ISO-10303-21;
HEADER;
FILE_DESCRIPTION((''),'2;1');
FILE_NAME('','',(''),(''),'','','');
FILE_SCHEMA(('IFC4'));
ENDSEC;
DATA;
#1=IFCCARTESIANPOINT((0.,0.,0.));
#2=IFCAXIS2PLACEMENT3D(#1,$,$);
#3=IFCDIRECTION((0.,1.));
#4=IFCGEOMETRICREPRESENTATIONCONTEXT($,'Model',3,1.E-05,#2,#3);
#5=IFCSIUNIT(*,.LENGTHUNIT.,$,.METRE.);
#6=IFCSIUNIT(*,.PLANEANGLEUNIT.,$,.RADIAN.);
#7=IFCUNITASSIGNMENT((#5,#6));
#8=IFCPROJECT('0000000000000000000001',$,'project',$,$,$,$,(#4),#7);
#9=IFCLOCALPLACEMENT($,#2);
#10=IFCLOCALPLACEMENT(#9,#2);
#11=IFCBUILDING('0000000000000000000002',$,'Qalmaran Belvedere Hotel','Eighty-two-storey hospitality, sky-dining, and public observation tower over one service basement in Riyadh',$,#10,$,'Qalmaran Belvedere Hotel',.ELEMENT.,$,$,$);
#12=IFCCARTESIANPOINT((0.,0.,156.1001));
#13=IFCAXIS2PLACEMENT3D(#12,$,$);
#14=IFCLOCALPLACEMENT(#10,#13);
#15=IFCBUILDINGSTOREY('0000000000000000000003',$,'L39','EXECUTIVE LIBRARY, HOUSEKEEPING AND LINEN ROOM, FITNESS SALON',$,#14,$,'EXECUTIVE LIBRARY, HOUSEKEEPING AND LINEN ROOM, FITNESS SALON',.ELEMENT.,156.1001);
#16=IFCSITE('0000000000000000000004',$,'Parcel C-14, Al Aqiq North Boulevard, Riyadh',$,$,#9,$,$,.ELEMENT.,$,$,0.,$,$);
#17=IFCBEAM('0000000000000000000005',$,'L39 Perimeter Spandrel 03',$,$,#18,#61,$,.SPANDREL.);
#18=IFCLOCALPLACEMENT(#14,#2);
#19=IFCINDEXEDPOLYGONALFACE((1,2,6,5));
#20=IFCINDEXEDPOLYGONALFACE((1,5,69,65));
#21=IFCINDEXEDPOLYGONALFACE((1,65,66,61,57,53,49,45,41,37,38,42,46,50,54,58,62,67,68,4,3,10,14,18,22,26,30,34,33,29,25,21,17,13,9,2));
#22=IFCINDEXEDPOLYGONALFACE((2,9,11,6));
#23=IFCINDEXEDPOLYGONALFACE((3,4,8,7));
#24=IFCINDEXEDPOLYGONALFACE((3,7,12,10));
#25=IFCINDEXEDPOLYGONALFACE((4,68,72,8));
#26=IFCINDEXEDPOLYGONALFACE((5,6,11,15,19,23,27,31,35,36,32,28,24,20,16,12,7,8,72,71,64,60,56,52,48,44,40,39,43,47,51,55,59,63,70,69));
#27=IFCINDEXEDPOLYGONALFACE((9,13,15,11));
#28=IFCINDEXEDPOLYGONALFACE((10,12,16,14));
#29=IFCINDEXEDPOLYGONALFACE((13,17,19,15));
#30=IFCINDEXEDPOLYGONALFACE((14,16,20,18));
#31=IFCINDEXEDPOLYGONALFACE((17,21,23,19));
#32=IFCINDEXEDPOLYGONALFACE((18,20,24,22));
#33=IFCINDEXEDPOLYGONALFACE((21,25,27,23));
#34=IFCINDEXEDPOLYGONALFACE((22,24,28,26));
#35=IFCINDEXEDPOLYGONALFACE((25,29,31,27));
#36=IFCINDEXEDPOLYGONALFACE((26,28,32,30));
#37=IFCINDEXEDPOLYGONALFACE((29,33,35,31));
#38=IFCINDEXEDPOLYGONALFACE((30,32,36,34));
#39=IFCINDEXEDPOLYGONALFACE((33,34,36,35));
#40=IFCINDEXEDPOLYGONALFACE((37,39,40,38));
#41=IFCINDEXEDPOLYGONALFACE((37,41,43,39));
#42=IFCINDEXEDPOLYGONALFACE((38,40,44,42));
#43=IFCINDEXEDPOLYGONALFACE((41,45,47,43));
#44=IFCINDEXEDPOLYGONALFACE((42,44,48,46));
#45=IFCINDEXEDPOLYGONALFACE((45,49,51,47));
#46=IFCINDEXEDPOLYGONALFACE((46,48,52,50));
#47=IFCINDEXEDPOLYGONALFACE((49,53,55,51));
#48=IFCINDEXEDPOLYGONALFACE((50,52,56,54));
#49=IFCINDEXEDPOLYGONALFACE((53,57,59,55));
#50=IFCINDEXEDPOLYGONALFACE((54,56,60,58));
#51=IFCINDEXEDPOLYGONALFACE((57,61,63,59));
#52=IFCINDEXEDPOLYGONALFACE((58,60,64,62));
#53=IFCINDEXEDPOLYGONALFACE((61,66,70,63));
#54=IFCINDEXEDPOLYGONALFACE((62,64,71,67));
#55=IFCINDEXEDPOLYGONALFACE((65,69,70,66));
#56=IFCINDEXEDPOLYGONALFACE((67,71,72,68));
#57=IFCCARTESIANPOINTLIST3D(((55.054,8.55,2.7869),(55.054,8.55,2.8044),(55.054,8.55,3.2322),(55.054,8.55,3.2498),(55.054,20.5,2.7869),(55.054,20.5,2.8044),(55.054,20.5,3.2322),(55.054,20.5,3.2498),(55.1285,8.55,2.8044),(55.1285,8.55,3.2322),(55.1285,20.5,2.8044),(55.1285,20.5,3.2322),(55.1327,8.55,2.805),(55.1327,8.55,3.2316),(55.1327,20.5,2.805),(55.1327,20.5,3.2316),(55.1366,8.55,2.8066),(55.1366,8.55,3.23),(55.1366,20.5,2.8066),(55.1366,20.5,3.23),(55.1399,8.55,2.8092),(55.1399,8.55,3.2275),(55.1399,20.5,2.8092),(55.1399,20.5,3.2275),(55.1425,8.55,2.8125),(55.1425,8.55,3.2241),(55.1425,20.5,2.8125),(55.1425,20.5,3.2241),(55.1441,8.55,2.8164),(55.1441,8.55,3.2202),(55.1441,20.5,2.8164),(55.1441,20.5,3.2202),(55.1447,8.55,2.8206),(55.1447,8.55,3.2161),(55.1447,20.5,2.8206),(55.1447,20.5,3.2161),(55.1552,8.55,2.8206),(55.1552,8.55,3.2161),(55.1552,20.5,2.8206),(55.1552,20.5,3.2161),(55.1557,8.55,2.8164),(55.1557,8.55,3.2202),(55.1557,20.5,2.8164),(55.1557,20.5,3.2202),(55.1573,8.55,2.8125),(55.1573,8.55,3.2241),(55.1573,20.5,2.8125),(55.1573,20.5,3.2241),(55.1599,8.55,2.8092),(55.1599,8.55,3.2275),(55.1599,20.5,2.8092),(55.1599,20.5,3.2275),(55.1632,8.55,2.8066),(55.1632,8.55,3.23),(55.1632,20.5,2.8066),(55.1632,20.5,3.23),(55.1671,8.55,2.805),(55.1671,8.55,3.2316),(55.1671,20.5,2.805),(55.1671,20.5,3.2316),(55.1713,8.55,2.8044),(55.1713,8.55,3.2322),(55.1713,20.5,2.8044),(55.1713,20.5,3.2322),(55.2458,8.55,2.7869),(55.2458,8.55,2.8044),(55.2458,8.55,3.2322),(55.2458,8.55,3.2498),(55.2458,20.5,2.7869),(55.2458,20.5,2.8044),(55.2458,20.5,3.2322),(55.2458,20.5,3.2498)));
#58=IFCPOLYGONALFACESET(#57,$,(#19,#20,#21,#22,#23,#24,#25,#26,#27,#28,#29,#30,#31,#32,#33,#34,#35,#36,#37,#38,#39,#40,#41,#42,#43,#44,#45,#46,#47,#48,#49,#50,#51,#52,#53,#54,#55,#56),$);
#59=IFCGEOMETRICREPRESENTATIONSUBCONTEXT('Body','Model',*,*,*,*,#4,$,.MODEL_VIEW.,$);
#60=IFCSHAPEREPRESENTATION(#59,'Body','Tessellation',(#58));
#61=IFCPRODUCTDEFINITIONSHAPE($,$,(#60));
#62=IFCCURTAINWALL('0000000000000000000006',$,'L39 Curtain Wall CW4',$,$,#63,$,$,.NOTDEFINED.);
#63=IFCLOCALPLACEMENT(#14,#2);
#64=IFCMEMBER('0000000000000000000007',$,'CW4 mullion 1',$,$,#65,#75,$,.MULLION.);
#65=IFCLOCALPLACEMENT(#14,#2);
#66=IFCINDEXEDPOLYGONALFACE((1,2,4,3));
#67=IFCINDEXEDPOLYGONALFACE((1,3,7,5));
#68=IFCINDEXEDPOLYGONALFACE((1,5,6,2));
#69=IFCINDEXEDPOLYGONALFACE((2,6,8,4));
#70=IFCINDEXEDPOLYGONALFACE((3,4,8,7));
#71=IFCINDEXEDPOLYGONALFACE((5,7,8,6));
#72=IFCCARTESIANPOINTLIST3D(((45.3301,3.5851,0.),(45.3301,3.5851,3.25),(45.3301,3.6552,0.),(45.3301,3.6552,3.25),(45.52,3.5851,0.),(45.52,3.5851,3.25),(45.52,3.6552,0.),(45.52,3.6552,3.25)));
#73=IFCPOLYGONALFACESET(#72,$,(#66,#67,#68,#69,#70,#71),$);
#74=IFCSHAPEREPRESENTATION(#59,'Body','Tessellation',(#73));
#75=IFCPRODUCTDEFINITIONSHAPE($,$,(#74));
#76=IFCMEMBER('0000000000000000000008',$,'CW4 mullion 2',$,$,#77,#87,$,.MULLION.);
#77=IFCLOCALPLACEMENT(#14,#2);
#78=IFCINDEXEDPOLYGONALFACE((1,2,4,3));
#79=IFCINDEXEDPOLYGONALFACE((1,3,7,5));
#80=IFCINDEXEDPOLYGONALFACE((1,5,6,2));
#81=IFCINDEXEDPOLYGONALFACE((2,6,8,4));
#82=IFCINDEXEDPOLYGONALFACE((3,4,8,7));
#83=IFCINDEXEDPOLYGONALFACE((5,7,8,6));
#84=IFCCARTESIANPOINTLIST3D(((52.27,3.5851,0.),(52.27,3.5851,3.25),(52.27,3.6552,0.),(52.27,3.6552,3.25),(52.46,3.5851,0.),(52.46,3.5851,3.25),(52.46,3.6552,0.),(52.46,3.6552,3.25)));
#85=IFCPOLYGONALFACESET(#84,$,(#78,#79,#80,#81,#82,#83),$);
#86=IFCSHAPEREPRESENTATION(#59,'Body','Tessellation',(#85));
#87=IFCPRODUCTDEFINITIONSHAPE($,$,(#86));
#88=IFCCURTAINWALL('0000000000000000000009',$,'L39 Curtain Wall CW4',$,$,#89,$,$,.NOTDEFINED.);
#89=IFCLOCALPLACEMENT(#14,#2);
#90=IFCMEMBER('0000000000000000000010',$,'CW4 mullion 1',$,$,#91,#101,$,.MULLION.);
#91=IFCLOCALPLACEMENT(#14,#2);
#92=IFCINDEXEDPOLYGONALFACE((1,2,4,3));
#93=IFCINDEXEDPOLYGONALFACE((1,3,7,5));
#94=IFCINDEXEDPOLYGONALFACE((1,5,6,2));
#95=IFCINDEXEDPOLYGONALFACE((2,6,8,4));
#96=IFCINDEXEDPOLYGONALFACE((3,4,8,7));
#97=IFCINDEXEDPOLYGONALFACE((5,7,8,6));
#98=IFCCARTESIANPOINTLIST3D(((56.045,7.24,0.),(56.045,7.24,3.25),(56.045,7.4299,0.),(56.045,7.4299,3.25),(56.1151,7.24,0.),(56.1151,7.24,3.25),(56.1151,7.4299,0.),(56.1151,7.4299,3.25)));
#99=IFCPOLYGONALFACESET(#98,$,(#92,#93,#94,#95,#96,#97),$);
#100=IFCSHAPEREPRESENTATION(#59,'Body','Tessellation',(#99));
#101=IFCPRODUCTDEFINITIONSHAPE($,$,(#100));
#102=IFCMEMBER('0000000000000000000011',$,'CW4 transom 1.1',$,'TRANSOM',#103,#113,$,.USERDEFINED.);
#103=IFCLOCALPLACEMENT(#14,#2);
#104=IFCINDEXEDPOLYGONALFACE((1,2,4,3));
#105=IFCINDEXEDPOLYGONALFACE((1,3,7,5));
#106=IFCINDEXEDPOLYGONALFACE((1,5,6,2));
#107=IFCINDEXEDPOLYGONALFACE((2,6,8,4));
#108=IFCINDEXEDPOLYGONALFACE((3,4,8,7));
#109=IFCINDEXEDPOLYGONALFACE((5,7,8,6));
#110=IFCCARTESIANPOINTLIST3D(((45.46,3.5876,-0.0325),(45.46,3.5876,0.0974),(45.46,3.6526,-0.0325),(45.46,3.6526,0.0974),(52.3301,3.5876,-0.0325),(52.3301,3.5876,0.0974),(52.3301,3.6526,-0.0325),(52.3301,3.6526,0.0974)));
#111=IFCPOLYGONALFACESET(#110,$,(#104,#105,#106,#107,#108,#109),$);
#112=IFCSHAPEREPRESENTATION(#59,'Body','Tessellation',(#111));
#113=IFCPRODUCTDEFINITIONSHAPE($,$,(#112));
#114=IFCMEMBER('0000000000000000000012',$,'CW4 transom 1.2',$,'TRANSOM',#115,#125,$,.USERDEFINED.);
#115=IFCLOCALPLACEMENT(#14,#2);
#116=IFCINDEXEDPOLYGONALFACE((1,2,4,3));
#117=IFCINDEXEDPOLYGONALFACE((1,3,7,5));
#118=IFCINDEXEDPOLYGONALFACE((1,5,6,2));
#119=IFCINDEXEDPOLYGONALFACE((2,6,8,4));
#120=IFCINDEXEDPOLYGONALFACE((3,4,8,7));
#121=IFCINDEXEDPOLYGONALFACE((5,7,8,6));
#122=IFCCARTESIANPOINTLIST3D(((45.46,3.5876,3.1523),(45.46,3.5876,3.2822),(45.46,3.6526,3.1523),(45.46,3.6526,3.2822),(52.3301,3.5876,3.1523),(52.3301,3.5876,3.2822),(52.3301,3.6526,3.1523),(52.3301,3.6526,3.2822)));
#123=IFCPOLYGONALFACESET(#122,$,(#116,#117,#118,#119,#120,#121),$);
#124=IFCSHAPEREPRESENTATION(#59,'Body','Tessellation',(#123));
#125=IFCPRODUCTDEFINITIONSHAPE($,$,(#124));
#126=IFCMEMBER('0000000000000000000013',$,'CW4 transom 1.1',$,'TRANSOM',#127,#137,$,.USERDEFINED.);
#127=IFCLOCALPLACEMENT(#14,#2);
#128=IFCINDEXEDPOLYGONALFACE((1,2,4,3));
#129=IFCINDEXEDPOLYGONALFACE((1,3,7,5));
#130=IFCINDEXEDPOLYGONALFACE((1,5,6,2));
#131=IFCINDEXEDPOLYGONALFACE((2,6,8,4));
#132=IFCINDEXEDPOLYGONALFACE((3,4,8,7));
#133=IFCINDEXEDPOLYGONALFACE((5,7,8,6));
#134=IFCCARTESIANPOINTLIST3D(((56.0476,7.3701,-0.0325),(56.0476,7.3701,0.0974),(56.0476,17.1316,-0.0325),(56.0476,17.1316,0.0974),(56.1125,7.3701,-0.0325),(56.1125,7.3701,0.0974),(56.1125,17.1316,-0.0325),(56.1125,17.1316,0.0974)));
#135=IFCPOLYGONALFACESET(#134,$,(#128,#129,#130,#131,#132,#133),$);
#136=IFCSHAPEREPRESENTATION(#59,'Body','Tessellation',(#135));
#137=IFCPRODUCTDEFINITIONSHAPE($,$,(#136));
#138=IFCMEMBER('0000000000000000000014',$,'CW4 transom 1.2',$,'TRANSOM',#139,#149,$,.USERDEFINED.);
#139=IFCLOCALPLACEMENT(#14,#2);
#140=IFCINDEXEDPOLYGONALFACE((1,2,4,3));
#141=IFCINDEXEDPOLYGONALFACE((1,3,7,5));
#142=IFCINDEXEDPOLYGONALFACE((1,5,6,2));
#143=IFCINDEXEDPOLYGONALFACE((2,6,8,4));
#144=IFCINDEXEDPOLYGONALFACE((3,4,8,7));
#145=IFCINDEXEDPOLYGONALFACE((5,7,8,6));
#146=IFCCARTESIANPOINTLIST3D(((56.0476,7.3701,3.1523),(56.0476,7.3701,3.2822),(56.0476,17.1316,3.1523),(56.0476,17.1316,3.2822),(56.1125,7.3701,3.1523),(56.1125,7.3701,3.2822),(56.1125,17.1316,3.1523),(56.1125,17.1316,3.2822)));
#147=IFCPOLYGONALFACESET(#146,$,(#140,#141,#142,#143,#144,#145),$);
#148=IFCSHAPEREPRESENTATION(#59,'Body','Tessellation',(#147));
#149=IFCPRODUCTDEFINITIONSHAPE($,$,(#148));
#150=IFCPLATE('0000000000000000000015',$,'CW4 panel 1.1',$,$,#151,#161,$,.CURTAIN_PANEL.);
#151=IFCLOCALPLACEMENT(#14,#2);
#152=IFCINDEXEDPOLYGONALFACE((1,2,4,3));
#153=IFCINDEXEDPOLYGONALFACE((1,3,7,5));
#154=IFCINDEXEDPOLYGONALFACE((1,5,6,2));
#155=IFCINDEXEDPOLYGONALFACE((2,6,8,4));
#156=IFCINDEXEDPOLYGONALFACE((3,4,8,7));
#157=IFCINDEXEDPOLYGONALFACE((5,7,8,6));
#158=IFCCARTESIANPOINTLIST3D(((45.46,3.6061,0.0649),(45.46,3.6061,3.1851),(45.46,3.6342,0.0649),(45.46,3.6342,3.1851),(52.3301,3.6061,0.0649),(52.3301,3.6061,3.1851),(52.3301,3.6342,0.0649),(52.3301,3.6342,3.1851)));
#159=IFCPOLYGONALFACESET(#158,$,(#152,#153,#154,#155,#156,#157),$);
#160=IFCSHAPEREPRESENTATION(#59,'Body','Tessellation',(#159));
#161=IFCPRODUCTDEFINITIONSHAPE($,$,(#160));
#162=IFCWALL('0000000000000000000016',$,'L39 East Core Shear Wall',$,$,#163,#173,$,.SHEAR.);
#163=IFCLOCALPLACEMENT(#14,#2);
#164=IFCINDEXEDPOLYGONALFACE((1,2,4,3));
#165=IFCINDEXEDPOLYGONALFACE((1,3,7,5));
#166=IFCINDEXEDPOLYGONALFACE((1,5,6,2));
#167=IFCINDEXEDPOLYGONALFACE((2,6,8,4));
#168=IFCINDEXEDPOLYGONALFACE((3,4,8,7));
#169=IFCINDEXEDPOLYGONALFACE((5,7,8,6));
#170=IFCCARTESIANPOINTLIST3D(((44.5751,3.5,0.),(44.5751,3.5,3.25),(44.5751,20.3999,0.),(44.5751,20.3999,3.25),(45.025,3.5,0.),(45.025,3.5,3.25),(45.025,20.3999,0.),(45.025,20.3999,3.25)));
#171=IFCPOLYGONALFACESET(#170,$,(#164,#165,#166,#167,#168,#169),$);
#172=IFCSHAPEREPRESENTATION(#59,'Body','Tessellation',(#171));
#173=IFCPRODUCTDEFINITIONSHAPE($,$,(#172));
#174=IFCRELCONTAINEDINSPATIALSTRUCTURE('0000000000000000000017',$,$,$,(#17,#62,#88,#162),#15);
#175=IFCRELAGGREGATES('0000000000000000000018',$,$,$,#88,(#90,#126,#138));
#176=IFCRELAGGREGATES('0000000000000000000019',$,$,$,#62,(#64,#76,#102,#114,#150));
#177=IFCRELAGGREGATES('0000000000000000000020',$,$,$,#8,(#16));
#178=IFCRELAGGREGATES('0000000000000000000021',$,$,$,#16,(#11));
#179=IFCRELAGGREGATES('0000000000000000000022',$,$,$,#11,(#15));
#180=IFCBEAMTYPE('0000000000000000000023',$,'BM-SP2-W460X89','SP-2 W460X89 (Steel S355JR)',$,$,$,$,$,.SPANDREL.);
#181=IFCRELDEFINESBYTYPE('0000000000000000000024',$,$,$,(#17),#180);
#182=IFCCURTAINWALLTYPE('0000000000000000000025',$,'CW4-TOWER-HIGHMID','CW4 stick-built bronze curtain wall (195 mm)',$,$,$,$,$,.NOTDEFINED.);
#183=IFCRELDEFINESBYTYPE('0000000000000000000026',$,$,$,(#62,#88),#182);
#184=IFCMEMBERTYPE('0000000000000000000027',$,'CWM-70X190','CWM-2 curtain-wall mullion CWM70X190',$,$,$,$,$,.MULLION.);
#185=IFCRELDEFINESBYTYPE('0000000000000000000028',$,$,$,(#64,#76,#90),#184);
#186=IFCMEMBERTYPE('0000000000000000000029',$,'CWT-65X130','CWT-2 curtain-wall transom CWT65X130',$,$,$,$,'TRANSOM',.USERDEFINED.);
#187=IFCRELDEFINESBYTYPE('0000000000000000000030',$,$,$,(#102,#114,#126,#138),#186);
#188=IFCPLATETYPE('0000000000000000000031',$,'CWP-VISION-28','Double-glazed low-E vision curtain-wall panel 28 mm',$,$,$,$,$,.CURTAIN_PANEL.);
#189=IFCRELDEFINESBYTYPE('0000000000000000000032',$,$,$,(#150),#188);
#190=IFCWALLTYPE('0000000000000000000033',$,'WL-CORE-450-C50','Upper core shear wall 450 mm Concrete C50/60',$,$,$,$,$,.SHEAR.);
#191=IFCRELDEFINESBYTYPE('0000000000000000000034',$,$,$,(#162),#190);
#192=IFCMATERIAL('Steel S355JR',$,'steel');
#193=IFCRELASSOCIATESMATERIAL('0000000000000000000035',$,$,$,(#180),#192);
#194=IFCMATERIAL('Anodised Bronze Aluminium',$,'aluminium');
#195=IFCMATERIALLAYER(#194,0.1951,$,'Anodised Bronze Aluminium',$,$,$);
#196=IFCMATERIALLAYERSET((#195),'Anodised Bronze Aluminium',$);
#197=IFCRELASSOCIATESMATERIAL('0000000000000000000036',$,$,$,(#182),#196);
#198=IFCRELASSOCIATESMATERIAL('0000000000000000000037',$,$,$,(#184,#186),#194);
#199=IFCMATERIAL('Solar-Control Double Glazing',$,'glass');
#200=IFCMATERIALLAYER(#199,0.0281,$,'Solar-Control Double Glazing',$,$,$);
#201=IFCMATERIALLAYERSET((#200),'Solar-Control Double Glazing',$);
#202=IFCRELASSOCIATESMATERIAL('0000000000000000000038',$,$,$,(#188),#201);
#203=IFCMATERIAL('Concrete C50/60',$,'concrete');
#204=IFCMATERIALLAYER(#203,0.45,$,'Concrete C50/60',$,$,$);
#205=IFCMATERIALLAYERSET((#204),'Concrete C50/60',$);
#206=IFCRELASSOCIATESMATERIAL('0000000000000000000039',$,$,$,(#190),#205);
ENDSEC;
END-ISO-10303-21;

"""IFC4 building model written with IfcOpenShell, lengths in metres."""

from ifc_helpers import new_model, si_unit, direction, frame, frame_2d, origin, origin_2d, place, context, subcontext, project, spatial, rectangle, i_section, extrude, material, layer, layer_set, material_profile, profile_set, type_object, element, aggregate, save


model = new_model("IFC4")

# Units and contexts
model_context = context("Model", 3, precision=1e-05, world=origin(), true_north=direction((0.0, 1.0)))
body_context = subcontext(model_context, "Body", "Model", "MODEL_VIEW")
ifc_project = project(units=[si_unit("LENGTHUNIT", "METRE"), si_unit("PLANEANGLEUNIT", "RADIAN")], contexts=[model_context])

# Site, building, storey
site_placement = place(None, origin())
site = spatial("IfcSite", under=ifc_project, at=site_placement, Name="Parcel C-14, Al Aqiq North Boulevard, Riyadh", CompositionType="ELEMENT", RefElevation=0.0)
building_placement = place(site_placement, origin())
building = spatial("IfcBuilding", under=site, at=building_placement, Name="Qalmaran Belvedere Hotel", Description="Eighty-two-storey hospitality, sky-dining, and public observation tower over one service basement in Riyadh", LongName="Qalmaran Belvedere Hotel", CompositionType="ELEMENT")
storey_placement = place(building_placement, frame((0.0, 0.0, 156.1001)))
storey = spatial("IfcBuildingStorey", under=building, at=storey_placement, Name="L39", Description="EXECUTIVE LIBRARY, HOUSEKEEPING AND LINEN ROOM, FITNESS SALON", LongName="EXECUTIVE LIBRARY, HOUSEKEEPING AND LINEN ROOM, FITNESS SALON", CompositionType="ELEMENT", Elevation=156.1001)

# Shared definitions
ifc_material_1 = material(Name="Concrete C50/60", Category="concrete")

# Beam
ifc_material_2 = material(Name="Steel S355JR", Category="steel")
ifc_material_profile_1 = material_profile(ifc_material_2, i_section(OverallWidth=0.1919, OverallDepth=0.4629, WebThickness=0.0105, FlangeThickness=0.0176, FilletRadius=0.0161, at=origin_2d()), Name="W460X89")
ifc_profile_set_1 = profile_set([ifc_material_profile_1], Name="Steel S355JR")
beam_type_1 = type_object("IfcBeamType", Name="BM-SP2-W460X89", Description="SP-2 W460X89 (Steel S355JR)", PredefinedType="SPANDREL", material=ifc_profile_set_1)
beam_1_placement = place(storey_placement, frame((55.1499, 8.55, 3.0183), z_axis=(0.0, 1.0, 0.0), x_axis=(-1.0, 0.0, 0.0)))
element("IfcBeam", 1, at=beam_1_placement, inside=storey, type_object=beam_type_1, Name="L39 Perimeter Spandrel 03", PredefinedType="SPANDREL", context=body_context, shape_type="SweptSolid", body=[
    extrude(i_section(OverallWidth=0.1919, OverallDepth=0.4629, WebThickness=0.0105, FlangeThickness=0.0176, FilletRadius=0.0161, at=origin_2d()), origin(), (0.0, 0.0, 1.0), 11.95),
])

# Curtain wall, members
ifc_material_3 = material(Name="Anodised Bronze Aluminium", Category="aluminium")
ifc_layer_1 = layer(ifc_material_3, 0.1951, Name="Anodised Bronze Aluminium")
ifc_layer_set_1 = layer_set([ifc_layer_1], Name="Anodised Bronze Aluminium")
curtain_wall_type = type_object("IfcCurtainWallType", Name="CW4-TOWER-HIGHMID", Description="CW4 stick-built bronze curtain wall (195 mm)", PredefinedType="NOTDEFINED", material=ifc_layer_set_1)
curtain_wall_1_placement = place(storey_placement, origin())
curtain_wall_1 = element("IfcCurtainWall", 2, at=curtain_wall_1_placement, inside=storey, type_object=curtain_wall_type, Name="L39 Curtain Wall CW4", PredefinedType="NOTDEFINED")
ifc_material_profile_2 = material_profile(ifc_material_3, rectangle(XDim=0.0701, YDim=0.1899, at=origin_2d()), Name="CWM70X190")
ifc_profile_set_2 = profile_set([ifc_material_profile_2], Name="Anodised Bronze Aluminium")
member_type_1 = type_object("IfcMemberType", Name="CWM-70X190", Description="CWM-2 curtain-wall mullion CWM70X190", PredefinedType="MULLION", material=ifc_profile_set_2)
member_1_placement = place(storey_placement, frame((45.425, 3.6201, 0.0), z_axis=(0.0, 0.0, 1.0), x_axis=(0.0, 1.0, 0.0)))
member_1 = element("IfcMember", 3, at=member_1_placement, type_object=member_type_1, Name="CW4 mullion 1", PredefinedType="MULLION", context=body_context, shape_type="SweptSolid", body=[
    extrude(rectangle(XDim=0.0701, YDim=0.1899, at=origin_2d()), origin(), (0.0, 0.0, 1.0), 3.25),
])
member_2_placement = place(storey_placement, frame((52.365, 3.6201, 0.0), z_axis=(0.0, 0.0, 1.0), x_axis=(0.0, 1.0, 0.0)))
member_2 = element("IfcMember", 4, at=member_2_placement, type_object=member_type_1, Name="CW4 mullion 2", PredefinedType="MULLION", context=body_context, shape_type="SweptSolid", body=[
    extrude(rectangle(XDim=0.0701, YDim=0.1899, at=origin_2d()), origin(), (0.0, 0.0, 1.0), 3.25),
])

# Curtain wall, member
curtain_wall_2_placement = place(storey_placement, origin())
curtain_wall_2 = element("IfcCurtainWall", 5, at=curtain_wall_2_placement, inside=storey, type_object=curtain_wall_type, Name="L39 Curtain Wall CW4", PredefinedType="NOTDEFINED")
member_3_placement = place(storey_placement, frame((56.0801, 7.335, 0.0), z_axis=(0.0, 0.0, 1.0), x_axis=(-1.0, 0.0, 0.0)))
member_3 = element("IfcMember", 6, at=member_3_placement, type_object=member_type_1, Name="CW4 mullion 1", PredefinedType="MULLION", context=body_context, shape_type="SweptSolid", body=[
    extrude(rectangle(XDim=0.0701, YDim=0.1899, at=origin_2d()), origin(), (0.0, 0.0, 1.0), 3.25),
])

# Members
ifc_material_profile_3 = material_profile(ifc_material_3, rectangle(XDim=0.0649, YDim=0.1299, at=origin_2d()), Name="CWT65X130")
ifc_profile_set_3 = profile_set([ifc_material_profile_3], Name="Anodised Bronze Aluminium")
member_type_2 = type_object("IfcMemberType", Name="CWT-65X130", Description="CWT-2 curtain-wall transom CWT65X130", ElementType="TRANSOM", PredefinedType="USERDEFINED", material=ifc_profile_set_3)
member_4_placement = place(storey_placement, frame((45.46, 3.6201, 0.0325), z_axis=(1.0, 0.0, 0.0), x_axis=(0.0, 1.0, 0.0)))
member_4 = element("IfcMember", 7, at=member_4_placement, type_object=member_type_2, Name="CW4 transom 1.1", ObjectType="TRANSOM", PredefinedType="USERDEFINED", context=body_context, shape_type="SweptSolid", body=[
    extrude(rectangle(XDim=0.0649, YDim=0.1299, at=origin_2d()), origin(), (0.0, 0.0, 1.0), 6.8701),
])
member_5_placement = place(storey_placement, frame((45.46, 3.6201, 3.2173), z_axis=(1.0, 0.0, 0.0), x_axis=(0.0, 1.0, 0.0)))
member_5 = element("IfcMember", 8, at=member_5_placement, type_object=member_type_2, Name="CW4 transom 1.2", ObjectType="TRANSOM", PredefinedType="USERDEFINED", context=body_context, shape_type="SweptSolid", body=[
    extrude(rectangle(XDim=0.0649, YDim=0.1299, at=origin_2d()), origin(), (0.0, 0.0, 1.0), 6.8701),
])
member_6_placement = place(storey_placement, frame((56.0801, 7.3701, 0.0325), z_axis=(0.0, 1.0, 0.0), x_axis=(-1.0, 0.0, 0.0)))
member_6 = element("IfcMember", 9, at=member_6_placement, type_object=member_type_2, Name="CW4 transom 1.1", ObjectType="TRANSOM", PredefinedType="USERDEFINED", context=body_context, shape_type="SweptSolid", body=[
    extrude(rectangle(XDim=0.0649, YDim=0.1299, at=origin_2d()), origin(), (0.0, 0.0, 1.0), 9.7615),
])
member_7_placement = place(storey_placement, frame((56.0801, 7.3701, 3.2173), z_axis=(0.0, 1.0, 0.0), x_axis=(-1.0, 0.0, 0.0)))
member_7 = element("IfcMember", 10, at=member_7_placement, type_object=member_type_2, Name="CW4 transom 1.2", ObjectType="TRANSOM", PredefinedType="USERDEFINED", context=body_context, shape_type="SweptSolid", body=[
    extrude(rectangle(XDim=0.0649, YDim=0.1299, at=origin_2d()), origin(), (0.0, 0.0, 1.0), 9.7615),
])
aggregate(curtain_wall_2, [member_3, member_6, member_7])

# Plate
ifc_material_4 = material(Name="Solar-Control Double Glazing", Category="glass")
ifc_layer_2 = layer(ifc_material_4, 0.0281, Name="Solar-Control Double Glazing")
ifc_layer_set_2 = layer_set([ifc_layer_2], Name="Solar-Control Double Glazing")
plate_type = type_object("IfcPlateType", Name="CWP-VISION-28", Description="Double-glazed low-E vision curtain-wall panel 28 mm", PredefinedType="CURTAIN_PANEL", material=ifc_layer_set_2)
plate_placement = place(storey_placement, frame((48.895, 3.6201, 0.0649), z_axis=(0.0, 0.0, 1.0), x_axis=(1.0, 0.0, 0.0)))
plate = element("IfcPlate", 11, at=plate_placement, type_object=plate_type, Name="CW4 panel 1.1", PredefinedType="CURTAIN_PANEL", context=body_context, shape_type="SweptSolid", body=[
    extrude(rectangle(XDim=6.8701, YDim=0.0281, at=origin_2d()), origin(), (0.0, 0.0, 1.0), 3.1201),
])
aggregate(curtain_wall_1, [member_1, member_2, member_4, member_5, plate])

# Wall
ifc_layer_3 = layer(ifc_material_1, 0.45, Name="Concrete C50/60")
ifc_layer_set_3 = layer_set([ifc_layer_3], Name="Concrete C50/60")
wall_type_1 = type_object("IfcWallType", Name="WL-CORE-450-C50", Description="Upper core shear wall 450 mm Concrete C50/60", PredefinedType="SHEAR", material=ifc_layer_set_3)
wall_1_placement = place(storey_placement, frame((44.8, 3.5, 0.0), z_axis=(0.0, 0.0, 1.0), x_axis=(0.0, 1.0, 0.0)))
element("IfcWall", 12, at=wall_1_placement, inside=storey, type_object=wall_type_1, Name="L39 East Core Shear Wall", PredefinedType="SHEAR", context=body_context, shape_type="SweptSolid", body=[
    extrude(rectangle(XDim=16.8999, YDim=0.45, at=frame_2d((8.45, 0.0))), origin(), (0.0, 0.0, 1.0), 3.25),
])

save(model, "model.ifc")
